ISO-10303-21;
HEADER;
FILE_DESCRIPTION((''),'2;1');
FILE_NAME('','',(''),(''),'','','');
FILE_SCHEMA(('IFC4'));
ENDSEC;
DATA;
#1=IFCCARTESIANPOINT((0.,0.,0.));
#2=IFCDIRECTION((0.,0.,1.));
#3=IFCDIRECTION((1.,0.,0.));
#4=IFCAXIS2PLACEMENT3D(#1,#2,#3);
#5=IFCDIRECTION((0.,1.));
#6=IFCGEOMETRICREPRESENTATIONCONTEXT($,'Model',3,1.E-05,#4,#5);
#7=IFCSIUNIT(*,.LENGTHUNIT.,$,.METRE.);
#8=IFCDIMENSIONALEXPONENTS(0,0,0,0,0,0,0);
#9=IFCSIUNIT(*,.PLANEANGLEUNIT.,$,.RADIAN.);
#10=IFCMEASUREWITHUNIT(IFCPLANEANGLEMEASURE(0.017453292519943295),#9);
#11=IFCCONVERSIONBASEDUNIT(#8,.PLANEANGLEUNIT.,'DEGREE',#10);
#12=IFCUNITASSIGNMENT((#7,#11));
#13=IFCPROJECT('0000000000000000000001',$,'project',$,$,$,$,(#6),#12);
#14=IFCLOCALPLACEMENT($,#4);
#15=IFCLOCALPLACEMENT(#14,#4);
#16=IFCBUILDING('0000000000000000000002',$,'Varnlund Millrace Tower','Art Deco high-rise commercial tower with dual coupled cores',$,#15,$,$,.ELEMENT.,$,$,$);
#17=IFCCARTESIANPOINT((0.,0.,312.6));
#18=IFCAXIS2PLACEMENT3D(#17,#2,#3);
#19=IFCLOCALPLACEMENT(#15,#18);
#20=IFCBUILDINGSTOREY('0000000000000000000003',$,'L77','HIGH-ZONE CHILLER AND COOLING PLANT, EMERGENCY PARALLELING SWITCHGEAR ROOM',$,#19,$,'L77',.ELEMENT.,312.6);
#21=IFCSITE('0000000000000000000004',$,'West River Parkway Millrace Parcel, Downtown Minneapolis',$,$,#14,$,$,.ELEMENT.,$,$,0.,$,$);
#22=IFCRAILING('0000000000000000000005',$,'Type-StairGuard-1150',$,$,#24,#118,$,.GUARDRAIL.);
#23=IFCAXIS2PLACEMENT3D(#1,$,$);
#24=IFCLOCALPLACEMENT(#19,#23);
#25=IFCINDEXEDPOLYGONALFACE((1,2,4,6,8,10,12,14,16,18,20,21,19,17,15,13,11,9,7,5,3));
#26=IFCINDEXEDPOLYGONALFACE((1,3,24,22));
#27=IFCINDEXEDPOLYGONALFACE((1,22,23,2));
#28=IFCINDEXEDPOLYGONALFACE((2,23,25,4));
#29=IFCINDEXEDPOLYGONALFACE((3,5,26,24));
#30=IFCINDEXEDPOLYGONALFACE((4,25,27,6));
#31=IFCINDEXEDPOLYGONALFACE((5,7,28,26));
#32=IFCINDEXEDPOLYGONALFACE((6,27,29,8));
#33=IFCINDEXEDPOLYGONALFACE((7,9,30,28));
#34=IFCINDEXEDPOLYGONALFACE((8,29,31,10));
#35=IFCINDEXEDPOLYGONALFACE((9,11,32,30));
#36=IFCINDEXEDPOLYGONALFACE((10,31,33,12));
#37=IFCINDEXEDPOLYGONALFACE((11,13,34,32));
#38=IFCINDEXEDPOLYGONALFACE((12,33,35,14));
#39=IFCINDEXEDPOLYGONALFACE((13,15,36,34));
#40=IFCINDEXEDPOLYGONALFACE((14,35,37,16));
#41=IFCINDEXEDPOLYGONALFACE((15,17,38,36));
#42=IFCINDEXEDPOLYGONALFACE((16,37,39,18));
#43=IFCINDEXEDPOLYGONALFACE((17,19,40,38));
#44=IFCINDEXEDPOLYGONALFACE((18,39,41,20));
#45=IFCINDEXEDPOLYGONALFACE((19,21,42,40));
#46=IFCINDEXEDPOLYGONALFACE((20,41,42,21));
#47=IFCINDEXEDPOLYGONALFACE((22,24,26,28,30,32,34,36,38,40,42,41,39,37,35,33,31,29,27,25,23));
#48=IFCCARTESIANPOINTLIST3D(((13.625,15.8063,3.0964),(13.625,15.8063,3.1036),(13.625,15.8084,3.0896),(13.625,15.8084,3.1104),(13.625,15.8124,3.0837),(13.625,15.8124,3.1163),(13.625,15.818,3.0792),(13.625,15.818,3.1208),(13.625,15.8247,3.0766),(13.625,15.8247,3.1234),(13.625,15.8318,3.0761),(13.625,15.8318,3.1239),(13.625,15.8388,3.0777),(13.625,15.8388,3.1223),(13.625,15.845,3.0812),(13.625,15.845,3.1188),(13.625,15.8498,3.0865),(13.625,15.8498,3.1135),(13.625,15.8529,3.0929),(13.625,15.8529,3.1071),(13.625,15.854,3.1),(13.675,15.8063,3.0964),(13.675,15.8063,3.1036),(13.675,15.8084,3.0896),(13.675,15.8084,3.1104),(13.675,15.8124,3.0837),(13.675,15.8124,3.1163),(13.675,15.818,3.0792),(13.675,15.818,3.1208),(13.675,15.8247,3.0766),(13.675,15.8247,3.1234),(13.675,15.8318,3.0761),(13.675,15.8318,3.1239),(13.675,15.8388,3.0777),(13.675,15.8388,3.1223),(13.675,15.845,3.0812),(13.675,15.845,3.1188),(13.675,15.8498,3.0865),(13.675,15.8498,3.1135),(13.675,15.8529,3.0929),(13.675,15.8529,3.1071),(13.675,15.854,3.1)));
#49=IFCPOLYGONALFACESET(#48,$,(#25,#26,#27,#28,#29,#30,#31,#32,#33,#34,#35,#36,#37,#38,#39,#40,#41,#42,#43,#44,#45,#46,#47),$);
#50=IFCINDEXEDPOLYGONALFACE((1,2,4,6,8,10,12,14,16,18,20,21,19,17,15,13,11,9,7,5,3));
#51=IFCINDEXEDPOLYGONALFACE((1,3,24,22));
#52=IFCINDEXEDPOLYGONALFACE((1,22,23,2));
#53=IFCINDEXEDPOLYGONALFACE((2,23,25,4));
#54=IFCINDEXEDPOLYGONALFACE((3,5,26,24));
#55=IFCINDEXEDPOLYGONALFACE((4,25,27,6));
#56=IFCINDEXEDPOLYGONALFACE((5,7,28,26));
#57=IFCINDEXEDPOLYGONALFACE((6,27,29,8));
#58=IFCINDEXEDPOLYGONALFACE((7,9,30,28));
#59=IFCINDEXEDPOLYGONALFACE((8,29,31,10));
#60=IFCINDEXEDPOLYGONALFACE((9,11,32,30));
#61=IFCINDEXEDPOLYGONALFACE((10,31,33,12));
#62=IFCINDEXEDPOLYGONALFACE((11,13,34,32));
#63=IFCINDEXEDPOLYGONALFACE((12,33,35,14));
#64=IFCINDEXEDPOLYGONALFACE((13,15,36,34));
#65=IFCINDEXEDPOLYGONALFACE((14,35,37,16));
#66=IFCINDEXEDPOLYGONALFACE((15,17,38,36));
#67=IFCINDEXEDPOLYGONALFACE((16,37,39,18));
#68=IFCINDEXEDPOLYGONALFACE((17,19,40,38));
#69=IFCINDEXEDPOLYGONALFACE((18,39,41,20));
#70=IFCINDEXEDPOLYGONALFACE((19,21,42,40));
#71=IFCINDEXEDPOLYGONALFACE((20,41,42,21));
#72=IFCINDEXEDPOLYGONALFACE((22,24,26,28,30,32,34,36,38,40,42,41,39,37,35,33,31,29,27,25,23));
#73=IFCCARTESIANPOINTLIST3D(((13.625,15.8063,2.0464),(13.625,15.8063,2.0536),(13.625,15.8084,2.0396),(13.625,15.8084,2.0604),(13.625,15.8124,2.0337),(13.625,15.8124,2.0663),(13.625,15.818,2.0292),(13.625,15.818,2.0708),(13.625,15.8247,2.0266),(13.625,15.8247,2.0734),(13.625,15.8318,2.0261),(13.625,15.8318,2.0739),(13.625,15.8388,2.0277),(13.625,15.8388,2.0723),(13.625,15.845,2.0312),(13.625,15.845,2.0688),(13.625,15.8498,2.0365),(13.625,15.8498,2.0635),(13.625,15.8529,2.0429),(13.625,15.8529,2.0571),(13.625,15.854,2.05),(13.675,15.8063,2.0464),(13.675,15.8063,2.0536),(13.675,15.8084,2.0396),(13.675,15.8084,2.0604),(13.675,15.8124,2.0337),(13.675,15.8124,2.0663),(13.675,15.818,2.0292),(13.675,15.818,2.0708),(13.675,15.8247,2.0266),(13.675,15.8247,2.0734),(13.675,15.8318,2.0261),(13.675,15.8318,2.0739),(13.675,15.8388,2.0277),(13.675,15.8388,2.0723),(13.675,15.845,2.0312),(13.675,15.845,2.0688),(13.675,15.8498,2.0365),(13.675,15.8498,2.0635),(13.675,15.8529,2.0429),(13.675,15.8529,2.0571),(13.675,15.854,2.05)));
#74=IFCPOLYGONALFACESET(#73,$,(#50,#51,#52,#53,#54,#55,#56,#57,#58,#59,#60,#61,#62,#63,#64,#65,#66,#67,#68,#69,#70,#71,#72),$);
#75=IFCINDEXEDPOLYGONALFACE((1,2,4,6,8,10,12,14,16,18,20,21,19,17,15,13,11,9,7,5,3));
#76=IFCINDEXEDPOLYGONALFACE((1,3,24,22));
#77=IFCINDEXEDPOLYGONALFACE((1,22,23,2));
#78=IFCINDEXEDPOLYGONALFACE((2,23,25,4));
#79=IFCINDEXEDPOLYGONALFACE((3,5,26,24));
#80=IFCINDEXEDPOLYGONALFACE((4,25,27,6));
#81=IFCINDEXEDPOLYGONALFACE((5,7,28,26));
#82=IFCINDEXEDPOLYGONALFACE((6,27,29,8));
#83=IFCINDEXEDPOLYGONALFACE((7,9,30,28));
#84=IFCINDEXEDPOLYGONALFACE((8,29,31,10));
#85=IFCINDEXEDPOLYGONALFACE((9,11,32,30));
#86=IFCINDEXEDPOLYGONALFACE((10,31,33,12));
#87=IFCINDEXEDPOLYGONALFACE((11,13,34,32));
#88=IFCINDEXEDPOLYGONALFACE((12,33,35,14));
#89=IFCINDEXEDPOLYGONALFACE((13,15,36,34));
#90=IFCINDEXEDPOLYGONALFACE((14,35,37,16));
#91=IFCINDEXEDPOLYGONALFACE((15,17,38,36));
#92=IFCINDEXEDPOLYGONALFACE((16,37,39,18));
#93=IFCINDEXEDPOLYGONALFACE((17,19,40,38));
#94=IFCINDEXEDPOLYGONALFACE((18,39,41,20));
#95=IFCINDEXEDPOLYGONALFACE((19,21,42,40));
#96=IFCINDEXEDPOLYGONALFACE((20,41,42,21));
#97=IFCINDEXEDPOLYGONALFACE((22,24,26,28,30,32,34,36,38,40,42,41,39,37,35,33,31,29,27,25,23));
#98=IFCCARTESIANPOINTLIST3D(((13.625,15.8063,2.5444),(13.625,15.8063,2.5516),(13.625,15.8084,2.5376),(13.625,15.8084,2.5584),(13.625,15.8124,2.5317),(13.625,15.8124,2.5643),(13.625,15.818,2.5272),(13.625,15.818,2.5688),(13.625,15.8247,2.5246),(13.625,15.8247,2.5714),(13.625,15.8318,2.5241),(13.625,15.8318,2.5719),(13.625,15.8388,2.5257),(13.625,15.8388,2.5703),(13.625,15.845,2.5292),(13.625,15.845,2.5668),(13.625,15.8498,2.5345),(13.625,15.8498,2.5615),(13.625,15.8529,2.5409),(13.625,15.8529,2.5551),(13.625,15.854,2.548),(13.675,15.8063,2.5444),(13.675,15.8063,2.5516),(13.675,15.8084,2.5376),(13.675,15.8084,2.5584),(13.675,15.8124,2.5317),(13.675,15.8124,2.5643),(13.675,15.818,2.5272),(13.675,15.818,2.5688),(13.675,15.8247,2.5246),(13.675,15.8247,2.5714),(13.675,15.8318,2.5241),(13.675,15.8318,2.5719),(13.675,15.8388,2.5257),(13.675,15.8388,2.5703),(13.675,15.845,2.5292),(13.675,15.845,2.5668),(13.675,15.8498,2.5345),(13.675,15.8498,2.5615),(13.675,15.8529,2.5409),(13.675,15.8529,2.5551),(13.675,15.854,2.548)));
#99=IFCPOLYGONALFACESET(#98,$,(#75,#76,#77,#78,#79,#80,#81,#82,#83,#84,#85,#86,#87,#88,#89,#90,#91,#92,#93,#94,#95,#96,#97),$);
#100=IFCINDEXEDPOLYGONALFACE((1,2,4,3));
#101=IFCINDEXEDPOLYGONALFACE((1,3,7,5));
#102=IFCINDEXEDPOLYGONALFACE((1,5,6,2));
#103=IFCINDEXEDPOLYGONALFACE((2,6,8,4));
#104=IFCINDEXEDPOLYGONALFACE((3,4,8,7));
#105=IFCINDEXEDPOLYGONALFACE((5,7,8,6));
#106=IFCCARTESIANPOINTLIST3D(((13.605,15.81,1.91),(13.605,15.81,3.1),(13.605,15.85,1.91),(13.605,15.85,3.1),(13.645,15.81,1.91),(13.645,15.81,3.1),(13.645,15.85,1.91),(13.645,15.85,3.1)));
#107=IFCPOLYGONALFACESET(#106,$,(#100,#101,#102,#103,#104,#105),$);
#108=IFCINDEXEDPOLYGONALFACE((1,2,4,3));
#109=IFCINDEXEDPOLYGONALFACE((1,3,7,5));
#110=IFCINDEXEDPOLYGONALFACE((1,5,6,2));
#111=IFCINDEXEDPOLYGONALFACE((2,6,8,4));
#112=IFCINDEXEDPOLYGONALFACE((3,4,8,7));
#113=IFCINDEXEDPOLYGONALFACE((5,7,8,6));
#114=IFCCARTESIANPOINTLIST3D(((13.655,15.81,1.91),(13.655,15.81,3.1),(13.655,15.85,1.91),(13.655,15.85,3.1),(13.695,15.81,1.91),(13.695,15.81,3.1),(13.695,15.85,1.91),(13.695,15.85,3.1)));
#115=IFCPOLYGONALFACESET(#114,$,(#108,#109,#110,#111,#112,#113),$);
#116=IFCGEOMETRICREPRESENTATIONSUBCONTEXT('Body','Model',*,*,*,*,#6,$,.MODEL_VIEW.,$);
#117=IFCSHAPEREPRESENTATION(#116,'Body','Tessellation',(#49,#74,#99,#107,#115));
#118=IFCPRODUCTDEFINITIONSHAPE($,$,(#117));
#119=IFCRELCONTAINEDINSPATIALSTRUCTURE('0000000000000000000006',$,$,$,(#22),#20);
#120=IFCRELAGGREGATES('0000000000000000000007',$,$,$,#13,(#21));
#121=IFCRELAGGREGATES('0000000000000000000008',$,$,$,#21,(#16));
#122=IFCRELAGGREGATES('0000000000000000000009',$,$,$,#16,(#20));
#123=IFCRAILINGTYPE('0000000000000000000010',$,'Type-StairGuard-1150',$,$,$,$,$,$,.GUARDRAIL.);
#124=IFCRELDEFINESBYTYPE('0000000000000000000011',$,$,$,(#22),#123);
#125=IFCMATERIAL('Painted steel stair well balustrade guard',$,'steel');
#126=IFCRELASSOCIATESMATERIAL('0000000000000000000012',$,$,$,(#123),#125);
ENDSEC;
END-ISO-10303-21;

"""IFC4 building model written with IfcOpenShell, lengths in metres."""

from ifc_helpers import new_model, entity, si_unit, converted_unit, direction, frame, origin_with_axes, origin_2d_with_axis, place, context, subcontext, project, spatial, rectangle, circle, extrude, material, type_object, element, save


model = new_model("IFC4")

# Units and contexts
model_context = context("Model", 3, precision=1e-05, world=origin_with_axes(), true_north=direction((0.0, 1.0)))
body_context = subcontext(model_context, "Body", "Model", "MODEL_VIEW")
ifc_project = project(units=[si_unit("LENGTHUNIT", "METRE"), converted_unit("PLANEANGLEUNIT", "DEGREE", entity("IfcPlaneAngleMeasure", 0.017453292519943295), si_unit("PLANEANGLEUNIT", "RADIAN"), dimensions=[0, 0, 0, 0, 0, 0, 0])], contexts=[model_context])

# Site, building, storey
site_placement = place(None, origin_with_axes())
site = spatial("IfcSite", under=ifc_project, at=site_placement, Name="West River Parkway Millrace Parcel, Downtown Minneapolis", CompositionType="ELEMENT", RefElevation=0.0)
building_placement = place(site_placement, origin_with_axes())
building = spatial("IfcBuilding", under=site, at=building_placement, Name="Varnlund Millrace Tower", Description="Art Deco high-rise commercial tower with dual coupled cores", CompositionType="ELEMENT")
storey_placement = place(building_placement, frame((0.0, 0.0, 312.6), z_axis=(0.0, 0.0, 1.0), x_axis=(1.0, 0.0, 0.0)))
storey = spatial("IfcBuildingStorey", under=building, at=storey_placement, Name="L77", Description="HIGH-ZONE CHILLER AND COOLING PLANT, EMERGENCY PARALLELING SWITCHGEAR ROOM", LongName="L77", CompositionType="ELEMENT", Elevation=312.6)

# Railing
ifc_material_1 = material(Name="Painted steel stair well balustrade guard", Category="steel")
railing_type_1 = type_object("IfcRailingType", Name="Type-StairGuard-1150", PredefinedType="GUARDRAIL", material=ifc_material_1)
railing_1_placement = place(storey_placement, frame((0.0, 0.0, -312.6), z_axis=(0.0, 0.0, 1.0), x_axis=(1.0, 0.0, 0.0)))
element("IfcRailing", 1, at=railing_1_placement, inside=storey, type_object=railing_type_1, Name="Type-StairGuard-1150", PredefinedType="GUARDRAIL", context=body_context, shape_type="SweptSolid", body=[
    extrude(circle(Radius=0.024, at=origin_2d_with_axis()), frame((13.625, 15.83, 315.7), z_axis=(1.0, 0.0, 0.0), x_axis=(0.0, 1.0, 0.0)), (0.0, 0.0, 1.0), 0.05),
    extrude(circle(Radius=0.024, at=origin_2d_with_axis()), frame((13.625, 15.83, 314.65), z_axis=(1.0, 0.0, 0.0), x_axis=(0.0, 1.0, 0.0)), (0.0, 0.0, 1.0), 0.05),
    extrude(circle(Radius=0.024, at=origin_2d_with_axis()), frame((13.625, 15.83, 315.148), z_axis=(1.0, 0.0, 0.0), x_axis=(0.0, 1.0, 0.0)), (0.0, 0.0, 1.0), 0.05),
    extrude(rectangle(XDim=0.04, YDim=0.04, at=origin_2d_with_axis()), frame((13.625, 15.83, 314.51), z_axis=(0.0, 0.0, 1.0), x_axis=(1.0, 0.0, 0.0)), (0.0, 0.0, 1.0), 1.19),
    extrude(rectangle(XDim=0.04, YDim=0.04, at=origin_2d_with_axis()), frame((13.675, 15.83, 314.51), z_axis=(0.0, 0.0, 1.0), x_axis=(1.0, 0.0, 0.0)), (0.0, 0.0, 1.0), 1.19),
])

save(model, "model.ifc")
